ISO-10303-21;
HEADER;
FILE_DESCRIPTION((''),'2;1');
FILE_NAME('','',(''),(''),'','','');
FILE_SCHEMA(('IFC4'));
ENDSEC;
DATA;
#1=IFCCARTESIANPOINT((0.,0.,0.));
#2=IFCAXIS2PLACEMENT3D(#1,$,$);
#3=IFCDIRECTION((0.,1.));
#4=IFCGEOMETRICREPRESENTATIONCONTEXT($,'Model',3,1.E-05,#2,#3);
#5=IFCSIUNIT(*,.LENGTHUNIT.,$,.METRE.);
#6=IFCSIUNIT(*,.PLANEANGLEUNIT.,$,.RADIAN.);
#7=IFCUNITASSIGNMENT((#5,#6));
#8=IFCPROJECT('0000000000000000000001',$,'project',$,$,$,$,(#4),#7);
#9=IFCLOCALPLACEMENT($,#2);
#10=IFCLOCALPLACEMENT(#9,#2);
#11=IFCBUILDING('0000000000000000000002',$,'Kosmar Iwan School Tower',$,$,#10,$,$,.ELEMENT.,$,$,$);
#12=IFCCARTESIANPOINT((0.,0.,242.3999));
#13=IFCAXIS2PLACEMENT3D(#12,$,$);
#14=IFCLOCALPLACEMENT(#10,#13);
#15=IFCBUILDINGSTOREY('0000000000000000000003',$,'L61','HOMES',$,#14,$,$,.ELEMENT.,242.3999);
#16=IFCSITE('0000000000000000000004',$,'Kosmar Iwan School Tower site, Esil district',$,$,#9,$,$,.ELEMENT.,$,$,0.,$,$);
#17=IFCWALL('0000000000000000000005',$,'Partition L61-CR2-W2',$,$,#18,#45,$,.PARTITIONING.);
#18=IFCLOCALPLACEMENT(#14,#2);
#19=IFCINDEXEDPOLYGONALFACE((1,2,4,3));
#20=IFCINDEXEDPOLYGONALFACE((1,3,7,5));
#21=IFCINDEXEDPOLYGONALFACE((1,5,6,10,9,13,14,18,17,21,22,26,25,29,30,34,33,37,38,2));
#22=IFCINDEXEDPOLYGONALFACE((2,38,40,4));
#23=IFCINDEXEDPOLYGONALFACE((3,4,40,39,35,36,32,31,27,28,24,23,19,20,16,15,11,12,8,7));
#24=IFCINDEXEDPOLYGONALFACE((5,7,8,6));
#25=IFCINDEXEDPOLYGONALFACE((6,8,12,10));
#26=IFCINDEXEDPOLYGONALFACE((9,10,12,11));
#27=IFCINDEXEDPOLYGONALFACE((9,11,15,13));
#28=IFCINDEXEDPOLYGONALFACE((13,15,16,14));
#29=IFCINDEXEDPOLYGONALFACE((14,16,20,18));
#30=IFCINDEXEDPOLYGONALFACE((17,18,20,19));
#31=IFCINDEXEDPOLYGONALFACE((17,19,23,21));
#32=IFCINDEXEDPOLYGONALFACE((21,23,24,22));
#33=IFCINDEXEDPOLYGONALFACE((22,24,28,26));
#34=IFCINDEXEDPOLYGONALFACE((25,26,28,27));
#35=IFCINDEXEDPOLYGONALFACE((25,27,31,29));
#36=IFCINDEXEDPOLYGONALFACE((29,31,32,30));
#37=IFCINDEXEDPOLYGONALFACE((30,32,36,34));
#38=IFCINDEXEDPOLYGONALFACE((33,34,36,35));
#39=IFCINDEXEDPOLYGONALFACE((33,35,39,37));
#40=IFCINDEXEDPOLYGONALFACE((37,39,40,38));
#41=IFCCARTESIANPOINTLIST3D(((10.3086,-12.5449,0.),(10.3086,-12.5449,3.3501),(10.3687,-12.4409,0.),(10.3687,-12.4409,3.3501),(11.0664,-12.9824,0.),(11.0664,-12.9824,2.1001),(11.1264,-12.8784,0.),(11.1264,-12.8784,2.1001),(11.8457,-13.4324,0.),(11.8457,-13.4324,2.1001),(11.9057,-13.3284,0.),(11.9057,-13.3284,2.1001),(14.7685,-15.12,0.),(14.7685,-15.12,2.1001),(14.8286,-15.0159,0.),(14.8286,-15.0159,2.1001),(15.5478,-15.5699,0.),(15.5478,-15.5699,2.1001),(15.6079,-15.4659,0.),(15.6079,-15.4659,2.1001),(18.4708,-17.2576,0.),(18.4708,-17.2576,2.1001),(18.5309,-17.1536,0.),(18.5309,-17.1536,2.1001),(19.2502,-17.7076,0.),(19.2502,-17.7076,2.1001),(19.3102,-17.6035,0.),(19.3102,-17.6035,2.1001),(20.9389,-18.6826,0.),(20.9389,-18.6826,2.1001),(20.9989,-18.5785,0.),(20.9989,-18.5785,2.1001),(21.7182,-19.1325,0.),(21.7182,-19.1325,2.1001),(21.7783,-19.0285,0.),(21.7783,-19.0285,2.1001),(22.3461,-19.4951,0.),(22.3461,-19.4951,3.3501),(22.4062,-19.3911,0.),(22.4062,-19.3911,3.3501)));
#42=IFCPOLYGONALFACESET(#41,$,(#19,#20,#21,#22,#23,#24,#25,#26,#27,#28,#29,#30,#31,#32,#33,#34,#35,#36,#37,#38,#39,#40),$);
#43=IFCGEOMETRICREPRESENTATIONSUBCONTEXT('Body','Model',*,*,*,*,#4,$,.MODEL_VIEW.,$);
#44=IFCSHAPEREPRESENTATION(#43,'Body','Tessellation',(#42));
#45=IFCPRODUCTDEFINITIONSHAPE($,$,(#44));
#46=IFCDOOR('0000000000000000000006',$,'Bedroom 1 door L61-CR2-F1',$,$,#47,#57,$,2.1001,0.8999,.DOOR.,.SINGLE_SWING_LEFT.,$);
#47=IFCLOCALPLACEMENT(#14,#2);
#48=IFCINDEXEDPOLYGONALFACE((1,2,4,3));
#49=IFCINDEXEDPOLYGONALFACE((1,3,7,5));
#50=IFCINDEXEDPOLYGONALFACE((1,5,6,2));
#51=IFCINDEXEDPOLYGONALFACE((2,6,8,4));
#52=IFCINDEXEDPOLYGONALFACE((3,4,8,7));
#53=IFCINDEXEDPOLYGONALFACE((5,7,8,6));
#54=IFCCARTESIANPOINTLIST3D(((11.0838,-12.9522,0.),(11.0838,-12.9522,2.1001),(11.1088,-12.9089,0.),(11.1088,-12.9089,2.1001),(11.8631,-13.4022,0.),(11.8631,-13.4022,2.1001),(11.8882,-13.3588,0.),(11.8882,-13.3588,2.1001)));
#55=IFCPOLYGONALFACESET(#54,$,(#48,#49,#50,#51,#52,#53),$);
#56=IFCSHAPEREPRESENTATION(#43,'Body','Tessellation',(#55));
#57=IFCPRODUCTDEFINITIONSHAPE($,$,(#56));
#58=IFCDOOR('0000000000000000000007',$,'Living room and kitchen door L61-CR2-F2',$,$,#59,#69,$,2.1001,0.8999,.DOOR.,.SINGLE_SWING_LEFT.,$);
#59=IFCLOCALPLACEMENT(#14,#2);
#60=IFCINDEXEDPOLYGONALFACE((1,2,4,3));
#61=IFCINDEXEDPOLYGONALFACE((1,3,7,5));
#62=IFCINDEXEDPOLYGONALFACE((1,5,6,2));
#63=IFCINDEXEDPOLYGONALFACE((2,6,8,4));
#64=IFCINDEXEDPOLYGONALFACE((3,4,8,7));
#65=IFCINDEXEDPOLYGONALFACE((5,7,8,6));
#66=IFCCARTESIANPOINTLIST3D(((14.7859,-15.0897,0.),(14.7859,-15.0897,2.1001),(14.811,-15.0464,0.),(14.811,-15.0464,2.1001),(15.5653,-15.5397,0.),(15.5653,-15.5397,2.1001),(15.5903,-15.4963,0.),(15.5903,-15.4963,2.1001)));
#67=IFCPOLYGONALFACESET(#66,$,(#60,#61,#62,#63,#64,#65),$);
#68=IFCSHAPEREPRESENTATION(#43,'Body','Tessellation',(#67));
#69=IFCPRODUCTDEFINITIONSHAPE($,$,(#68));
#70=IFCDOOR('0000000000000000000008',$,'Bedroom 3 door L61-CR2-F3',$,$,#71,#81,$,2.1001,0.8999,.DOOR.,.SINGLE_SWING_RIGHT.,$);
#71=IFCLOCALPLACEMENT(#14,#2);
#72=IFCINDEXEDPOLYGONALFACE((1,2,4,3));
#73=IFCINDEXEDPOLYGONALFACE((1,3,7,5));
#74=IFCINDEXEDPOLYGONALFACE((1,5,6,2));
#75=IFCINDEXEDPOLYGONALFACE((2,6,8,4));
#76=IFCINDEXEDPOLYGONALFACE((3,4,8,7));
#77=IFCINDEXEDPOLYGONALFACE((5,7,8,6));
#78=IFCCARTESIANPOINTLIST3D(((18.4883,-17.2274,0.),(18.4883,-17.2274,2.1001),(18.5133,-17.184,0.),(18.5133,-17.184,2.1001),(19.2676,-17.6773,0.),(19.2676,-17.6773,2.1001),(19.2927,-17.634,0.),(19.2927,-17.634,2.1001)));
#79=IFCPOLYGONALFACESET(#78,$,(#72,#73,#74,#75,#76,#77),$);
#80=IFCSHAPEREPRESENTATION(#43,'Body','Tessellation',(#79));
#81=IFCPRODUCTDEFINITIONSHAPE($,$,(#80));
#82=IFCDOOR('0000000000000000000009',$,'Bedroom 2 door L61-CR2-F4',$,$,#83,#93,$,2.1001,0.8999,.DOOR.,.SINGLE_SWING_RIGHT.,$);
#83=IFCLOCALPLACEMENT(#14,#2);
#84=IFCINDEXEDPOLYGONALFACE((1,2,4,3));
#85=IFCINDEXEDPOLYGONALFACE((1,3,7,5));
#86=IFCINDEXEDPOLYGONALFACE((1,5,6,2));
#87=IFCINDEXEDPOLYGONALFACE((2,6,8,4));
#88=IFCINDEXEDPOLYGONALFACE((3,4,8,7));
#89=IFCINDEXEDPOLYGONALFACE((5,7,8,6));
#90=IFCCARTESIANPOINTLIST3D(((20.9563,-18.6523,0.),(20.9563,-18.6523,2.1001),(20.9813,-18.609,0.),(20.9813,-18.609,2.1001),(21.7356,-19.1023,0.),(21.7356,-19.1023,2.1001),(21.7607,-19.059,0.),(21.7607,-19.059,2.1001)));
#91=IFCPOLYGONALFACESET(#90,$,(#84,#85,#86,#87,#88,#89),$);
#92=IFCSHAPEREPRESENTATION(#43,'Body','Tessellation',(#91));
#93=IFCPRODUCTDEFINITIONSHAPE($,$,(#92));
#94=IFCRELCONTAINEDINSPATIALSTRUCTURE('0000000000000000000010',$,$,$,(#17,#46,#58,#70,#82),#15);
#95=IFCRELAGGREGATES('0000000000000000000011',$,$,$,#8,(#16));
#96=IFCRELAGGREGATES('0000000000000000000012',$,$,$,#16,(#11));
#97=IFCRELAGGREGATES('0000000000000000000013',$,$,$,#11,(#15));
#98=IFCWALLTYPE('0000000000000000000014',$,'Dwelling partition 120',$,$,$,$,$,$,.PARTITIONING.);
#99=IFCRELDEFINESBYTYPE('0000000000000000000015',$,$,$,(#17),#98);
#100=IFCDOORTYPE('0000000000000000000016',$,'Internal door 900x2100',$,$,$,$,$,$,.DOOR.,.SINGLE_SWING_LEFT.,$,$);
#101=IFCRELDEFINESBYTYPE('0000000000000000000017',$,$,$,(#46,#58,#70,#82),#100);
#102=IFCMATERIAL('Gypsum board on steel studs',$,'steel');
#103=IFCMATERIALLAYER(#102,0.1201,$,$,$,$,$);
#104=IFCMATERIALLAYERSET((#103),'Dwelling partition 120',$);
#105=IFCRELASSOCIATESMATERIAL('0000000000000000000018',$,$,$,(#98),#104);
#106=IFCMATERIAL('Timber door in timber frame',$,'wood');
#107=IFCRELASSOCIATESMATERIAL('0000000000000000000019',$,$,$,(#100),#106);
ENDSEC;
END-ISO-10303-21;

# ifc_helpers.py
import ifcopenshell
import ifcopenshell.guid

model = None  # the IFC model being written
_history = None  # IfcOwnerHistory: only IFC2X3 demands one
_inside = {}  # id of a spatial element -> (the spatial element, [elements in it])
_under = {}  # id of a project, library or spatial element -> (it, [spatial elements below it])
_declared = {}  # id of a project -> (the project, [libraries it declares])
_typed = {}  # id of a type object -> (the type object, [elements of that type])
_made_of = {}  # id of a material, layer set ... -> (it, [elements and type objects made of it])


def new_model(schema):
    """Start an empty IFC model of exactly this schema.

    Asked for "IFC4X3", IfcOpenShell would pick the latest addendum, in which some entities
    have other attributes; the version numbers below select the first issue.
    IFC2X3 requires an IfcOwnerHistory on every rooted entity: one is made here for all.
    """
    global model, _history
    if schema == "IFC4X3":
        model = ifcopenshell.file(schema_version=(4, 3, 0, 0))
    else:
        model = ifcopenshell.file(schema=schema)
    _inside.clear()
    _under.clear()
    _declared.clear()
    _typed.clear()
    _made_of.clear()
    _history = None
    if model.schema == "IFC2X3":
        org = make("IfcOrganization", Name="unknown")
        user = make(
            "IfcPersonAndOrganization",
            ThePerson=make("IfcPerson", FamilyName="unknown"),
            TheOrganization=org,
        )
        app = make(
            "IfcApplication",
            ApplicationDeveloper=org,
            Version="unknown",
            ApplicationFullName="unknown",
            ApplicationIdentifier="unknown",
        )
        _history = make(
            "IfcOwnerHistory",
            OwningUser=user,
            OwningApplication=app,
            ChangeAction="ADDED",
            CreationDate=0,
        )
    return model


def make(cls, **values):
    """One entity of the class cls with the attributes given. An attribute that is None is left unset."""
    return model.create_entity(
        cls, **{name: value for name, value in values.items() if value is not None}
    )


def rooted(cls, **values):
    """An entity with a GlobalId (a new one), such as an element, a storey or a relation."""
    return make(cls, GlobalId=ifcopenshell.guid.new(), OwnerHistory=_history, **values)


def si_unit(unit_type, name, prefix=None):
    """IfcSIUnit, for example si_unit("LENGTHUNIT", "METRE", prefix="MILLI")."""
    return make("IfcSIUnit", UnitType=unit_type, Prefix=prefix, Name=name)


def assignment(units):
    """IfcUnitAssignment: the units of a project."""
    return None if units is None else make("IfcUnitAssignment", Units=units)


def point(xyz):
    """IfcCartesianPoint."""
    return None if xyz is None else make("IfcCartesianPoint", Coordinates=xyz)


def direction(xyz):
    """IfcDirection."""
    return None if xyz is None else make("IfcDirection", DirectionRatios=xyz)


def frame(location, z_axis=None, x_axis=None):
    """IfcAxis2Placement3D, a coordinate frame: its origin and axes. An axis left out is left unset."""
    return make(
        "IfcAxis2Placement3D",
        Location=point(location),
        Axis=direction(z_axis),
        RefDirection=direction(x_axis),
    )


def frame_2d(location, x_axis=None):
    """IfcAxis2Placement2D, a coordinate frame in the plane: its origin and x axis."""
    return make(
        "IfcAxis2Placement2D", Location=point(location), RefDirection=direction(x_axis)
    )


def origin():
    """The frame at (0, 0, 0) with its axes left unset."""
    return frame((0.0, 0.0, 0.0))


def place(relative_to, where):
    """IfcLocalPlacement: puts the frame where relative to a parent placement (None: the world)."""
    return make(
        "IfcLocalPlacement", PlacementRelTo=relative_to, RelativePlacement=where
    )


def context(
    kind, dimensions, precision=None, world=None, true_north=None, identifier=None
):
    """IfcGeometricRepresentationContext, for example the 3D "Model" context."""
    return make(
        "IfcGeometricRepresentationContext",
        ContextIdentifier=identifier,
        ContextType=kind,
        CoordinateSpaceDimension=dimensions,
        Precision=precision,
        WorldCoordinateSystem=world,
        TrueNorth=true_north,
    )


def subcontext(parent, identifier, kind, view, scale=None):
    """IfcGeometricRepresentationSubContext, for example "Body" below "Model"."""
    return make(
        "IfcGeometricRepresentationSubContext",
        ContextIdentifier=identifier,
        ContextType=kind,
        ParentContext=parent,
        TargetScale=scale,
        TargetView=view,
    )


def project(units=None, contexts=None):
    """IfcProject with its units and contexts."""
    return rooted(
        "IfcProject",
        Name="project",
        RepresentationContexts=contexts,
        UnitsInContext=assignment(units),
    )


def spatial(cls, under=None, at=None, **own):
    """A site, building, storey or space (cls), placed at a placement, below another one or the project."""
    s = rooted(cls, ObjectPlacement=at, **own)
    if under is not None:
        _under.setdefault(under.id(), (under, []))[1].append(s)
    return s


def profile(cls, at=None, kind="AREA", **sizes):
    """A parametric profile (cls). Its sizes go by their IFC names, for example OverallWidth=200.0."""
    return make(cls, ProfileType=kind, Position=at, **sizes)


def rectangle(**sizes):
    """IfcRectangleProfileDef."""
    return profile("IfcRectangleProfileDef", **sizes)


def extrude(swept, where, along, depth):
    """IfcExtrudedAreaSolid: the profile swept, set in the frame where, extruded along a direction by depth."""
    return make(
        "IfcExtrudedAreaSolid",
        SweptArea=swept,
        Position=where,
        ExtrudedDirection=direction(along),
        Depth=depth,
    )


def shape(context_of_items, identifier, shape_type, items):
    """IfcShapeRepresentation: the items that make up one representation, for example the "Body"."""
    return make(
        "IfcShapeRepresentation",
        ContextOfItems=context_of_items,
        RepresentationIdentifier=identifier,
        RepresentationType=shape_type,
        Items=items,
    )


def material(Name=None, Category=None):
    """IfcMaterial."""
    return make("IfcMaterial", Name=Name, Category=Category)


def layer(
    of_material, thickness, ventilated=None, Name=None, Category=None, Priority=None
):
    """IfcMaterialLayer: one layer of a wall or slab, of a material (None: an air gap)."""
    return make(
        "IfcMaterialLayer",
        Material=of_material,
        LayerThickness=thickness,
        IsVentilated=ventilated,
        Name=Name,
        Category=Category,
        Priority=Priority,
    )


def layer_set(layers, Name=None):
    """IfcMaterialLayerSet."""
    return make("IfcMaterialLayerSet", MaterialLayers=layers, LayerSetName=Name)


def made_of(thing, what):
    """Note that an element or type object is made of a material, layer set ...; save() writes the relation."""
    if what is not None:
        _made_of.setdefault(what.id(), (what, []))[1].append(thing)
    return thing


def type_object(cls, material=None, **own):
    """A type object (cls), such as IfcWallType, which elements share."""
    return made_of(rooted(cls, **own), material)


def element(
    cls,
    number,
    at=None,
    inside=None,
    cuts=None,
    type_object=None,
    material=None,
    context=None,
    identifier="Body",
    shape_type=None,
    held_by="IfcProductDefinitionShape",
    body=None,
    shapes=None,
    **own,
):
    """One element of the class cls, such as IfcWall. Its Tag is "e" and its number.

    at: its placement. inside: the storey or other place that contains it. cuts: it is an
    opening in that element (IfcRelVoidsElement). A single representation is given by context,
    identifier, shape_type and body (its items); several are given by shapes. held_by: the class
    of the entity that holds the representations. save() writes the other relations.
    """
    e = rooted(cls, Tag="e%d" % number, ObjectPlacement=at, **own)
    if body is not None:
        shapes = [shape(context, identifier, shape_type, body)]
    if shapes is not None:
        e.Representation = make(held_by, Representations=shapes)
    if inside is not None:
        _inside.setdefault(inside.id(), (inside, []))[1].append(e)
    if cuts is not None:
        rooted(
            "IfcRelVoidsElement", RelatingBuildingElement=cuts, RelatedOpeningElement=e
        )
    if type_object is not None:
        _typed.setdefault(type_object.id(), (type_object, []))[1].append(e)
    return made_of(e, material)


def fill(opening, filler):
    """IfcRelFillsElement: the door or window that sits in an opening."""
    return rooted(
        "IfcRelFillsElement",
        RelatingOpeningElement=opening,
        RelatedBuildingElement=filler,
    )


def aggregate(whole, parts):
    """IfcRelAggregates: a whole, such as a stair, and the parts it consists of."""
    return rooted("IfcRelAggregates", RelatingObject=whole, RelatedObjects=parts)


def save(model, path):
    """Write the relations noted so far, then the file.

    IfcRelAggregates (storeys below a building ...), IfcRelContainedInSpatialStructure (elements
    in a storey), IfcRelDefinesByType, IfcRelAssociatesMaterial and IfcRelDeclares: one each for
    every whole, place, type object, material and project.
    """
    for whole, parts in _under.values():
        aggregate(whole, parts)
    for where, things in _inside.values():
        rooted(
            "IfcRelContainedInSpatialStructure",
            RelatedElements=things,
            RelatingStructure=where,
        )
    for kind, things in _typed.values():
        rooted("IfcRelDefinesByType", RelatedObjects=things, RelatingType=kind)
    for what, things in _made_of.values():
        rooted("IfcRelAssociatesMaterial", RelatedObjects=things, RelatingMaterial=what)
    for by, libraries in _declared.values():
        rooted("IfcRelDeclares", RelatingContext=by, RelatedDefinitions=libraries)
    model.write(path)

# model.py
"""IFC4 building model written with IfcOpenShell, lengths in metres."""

from ifc_helpers import new_model, si_unit, direction, frame, frame_2d, origin, place, context, subcontext, project, spatial, rectangle, extrude, material, layer, layer_set, type_object, element, fill, save


model = new_model("IFC4")

# Units and contexts
model_context = context("Model", 3, precision=1e-05, world=origin(), true_north=direction((0.0, 1.0)))
body_context = subcontext(model_context, "Body", "Model", "MODEL_VIEW")
ifc_project = project(units=[si_unit("LENGTHUNIT", "METRE"), si_unit("PLANEANGLEUNIT", "RADIAN")], contexts=[model_context])

# Site, building, storey
site_placement = place(None, origin())
site = spatial("IfcSite", under=ifc_project, at=site_placement, Name="Kosmar Iwan School Tower site, Esil district", CompositionType="ELEMENT", RefElevation=0.0)
building_placement = place(site_placement, origin())
building = spatial("IfcBuilding", under=site, at=building_placement, Name="Kosmar Iwan School Tower", CompositionType="ELEMENT")
storey_placement = place(building_placement, frame((0.0, 0.0, 242.3999)))
storey = spatial("IfcBuildingStorey", under=building, at=storey_placement, Name="L61", Description="HOMES", CompositionType="ELEMENT", Elevation=242.3999)

# Shared definitions
ifc_material_1 = material(Name="Gypsum board on steel studs", Category="steel")
ifc_layer = layer(ifc_material_1, 0.1201)
ifc_layer_set = layer_set([ifc_layer], Name="Dwelling partition 120")
wall_type = type_object("IfcWallType", Name="Dwelling partition 120", PredefinedType="PARTITIONING", material=ifc_layer_set)
ifc_material_2 = material(Name="Timber door in timber frame", Category="wood")
door_type_1 = type_object("IfcDoorType", Name="Internal door 900x2100", OperationType="SINGLE_SWING_LEFT", PredefinedType="DOOR", material=ifc_material_2)

# Wall, openings, doors
wall_1_placement = place(storey_placement, frame((10.3386, -12.4929, 0.0), z_axis=(0.0, 0.0, 1.0), x_axis=(0.866017, -0.500015, 0.0)))
wall_1 = element("IfcWall", 1, at=wall_1_placement, inside=storey, type_object=wall_type, Name="Partition L61-CR2-W2", PredefinedType="PARTITIONING", context=body_context, shape_type="SweptSolid", body=[
    extrude(rectangle(XDim=13.8999, YDim=0.1201, at=frame_2d((6.95, 0.0))), origin(), (0.0, 0.0, 1.0), 3.3501),
])
opening_1_placement = place(wall_1_placement, frame((0.875, 0.0, 0.0)))
opening_1 = element("IfcOpeningElement", 2, at=opening_1_placement, cuts=wall_1, PredefinedType="OPENING", context=body_context, shape_type="SweptSolid", body=[
    extrude(rectangle(XDim=0.8999, YDim=2.1001, at=frame_2d((0.45, 1.05))), frame((0.0, 0.072, 0.0), z_axis=(0.0, -1.0, 0.0), x_axis=(1.0, 0.0, 0.0)), (0.0, 0.0, 1.0), 0.144),
])
opening_2_placement = place(wall_1_placement, frame((5.1499, 0.0, 0.0)))
opening_2 = element("IfcOpeningElement", 3, at=opening_2_placement, cuts=wall_1, PredefinedType="OPENING", context=body_context, shape_type="SweptSolid", body=[
    extrude(rectangle(XDim=0.8999, YDim=2.1001, at=frame_2d((0.45, 1.05))), frame((0.0, 0.072, 0.0), z_axis=(0.0, -1.0, 0.0), x_axis=(1.0, 0.0, 0.0)), (0.0, 0.0, 1.0), 0.144),
])
opening_3_placement = place(wall_1_placement, frame((9.425, 0.0, 0.0)))
opening_3 = element("IfcOpeningElement", 4, at=opening_3_placement, cuts=wall_1, PredefinedType="OPENING", context=body_context, shape_type="SweptSolid", body=[
    extrude(rectangle(XDim=0.8999, YDim=2.1001, at=frame_2d((0.45, 1.05))), frame((0.0, 0.072, 0.0), z_axis=(0.0, -1.0, 0.0), x_axis=(1.0, 0.0, 0.0)), (0.0, 0.0, 1.0), 0.144),
])
opening_4_placement = place(wall_1_placement, frame((12.2749, 0.0, 0.0)))
opening_4 = element("IfcOpeningElement", 5, at=opening_4_placement, cuts=wall_1, PredefinedType="OPENING", context=body_context, shape_type="SweptSolid", body=[
    extrude(rectangle(XDim=0.8999, YDim=2.1001, at=frame_2d((0.45, 1.05))), frame((0.0, 0.072, 0.0), z_axis=(0.0, -1.0, 0.0), x_axis=(1.0, 0.0, 0.0)), (0.0, 0.0, 1.0), 0.144),
])
door_1_placement = place(opening_1_placement, origin())
door_1 = element("IfcDoor", 6, at=door_1_placement, inside=storey, type_object=door_type_1, Name="Bedroom 1 door L61-CR2-F1", OperationType="SINGLE_SWING_LEFT", OverallHeight=2.1001, OverallWidth=0.8999, PredefinedType="DOOR", context=body_context, shape_type="SweptSolid", body=[
    extrude(rectangle(XDim=0.8999, YDim=2.1001, at=frame_2d((0.45, 1.05))), frame((0.0, 0.0249, 0.0), z_axis=(0.0, -1.0, 0.0), x_axis=(1.0, 0.0, 0.0)), (0.0, 0.0, 1.0), 0.05),
])
fill(opening_1, door_1)
door_2_placement = place(opening_2_placement, origin())
door_2 = element("IfcDoor", 7, at=door_2_placement, inside=storey, type_object=door_type_1, Name="Living room and kitchen door L61-CR2-F2", OperationType="SINGLE_SWING_LEFT", OverallHeight=2.1001, OverallWidth=0.8999, PredefinedType="DOOR", context=body_context, shape_type="SweptSolid", body=[
    extrude(rectangle(XDim=0.8999, YDim=2.1001, at=frame_2d((0.45, 1.05))), frame((0.0, 0.0249, 0.0), z_axis=(0.0, -1.0, 0.0), x_axis=(1.0, 0.0, 0.0)), (0.0, 0.0, 1.0), 0.05),
])
fill(opening_2, door_2)
door_3_placement = place(opening_3_placement, origin())
door_3 = element("IfcDoor", 8, at=door_3_placement, inside=storey, type_object=door_type_1, Name="Bedroom 3 door L61-CR2-F3", OperationType="SINGLE_SWING_RIGHT", OverallHeight=2.1001, OverallWidth=0.8999, PredefinedType="DOOR", context=body_context, shape_type="SweptSolid", body=[
    extrude(rectangle(XDim=0.8999, YDim=2.1001, at=frame_2d((0.45, 1.05))), frame((0.0, 0.0249, 0.0), z_axis=(0.0, -1.0, 0.0), x_axis=(1.0, 0.0, 0.0)), (0.0, 0.0, 1.0), 0.05),
])
fill(opening_3, door_3)
door_4_placement = place(opening_4_placement, origin())
door_4 = element("IfcDoor", 9, at=door_4_placement, inside=storey, type_object=door_type_1, Name="Bedroom 2 door L61-CR2-F4", OperationType="SINGLE_SWING_RIGHT", OverallHeight=2.1001, OverallWidth=0.8999, PredefinedType="DOOR", context=body_context, shape_type="SweptSolid", body=[
    extrude(rectangle(XDim=0.8999, YDim=2.1001, at=frame_2d((0.45, 1.05))), frame((0.0, 0.0249, 0.0), z_axis=(0.0, -1.0, 0.0), x_axis=(1.0, 0.0, 0.0)), (0.0, 0.0, 1.0), 0.05),
])
fill(opening_4, door_4)

save(model, "model.ifc")
